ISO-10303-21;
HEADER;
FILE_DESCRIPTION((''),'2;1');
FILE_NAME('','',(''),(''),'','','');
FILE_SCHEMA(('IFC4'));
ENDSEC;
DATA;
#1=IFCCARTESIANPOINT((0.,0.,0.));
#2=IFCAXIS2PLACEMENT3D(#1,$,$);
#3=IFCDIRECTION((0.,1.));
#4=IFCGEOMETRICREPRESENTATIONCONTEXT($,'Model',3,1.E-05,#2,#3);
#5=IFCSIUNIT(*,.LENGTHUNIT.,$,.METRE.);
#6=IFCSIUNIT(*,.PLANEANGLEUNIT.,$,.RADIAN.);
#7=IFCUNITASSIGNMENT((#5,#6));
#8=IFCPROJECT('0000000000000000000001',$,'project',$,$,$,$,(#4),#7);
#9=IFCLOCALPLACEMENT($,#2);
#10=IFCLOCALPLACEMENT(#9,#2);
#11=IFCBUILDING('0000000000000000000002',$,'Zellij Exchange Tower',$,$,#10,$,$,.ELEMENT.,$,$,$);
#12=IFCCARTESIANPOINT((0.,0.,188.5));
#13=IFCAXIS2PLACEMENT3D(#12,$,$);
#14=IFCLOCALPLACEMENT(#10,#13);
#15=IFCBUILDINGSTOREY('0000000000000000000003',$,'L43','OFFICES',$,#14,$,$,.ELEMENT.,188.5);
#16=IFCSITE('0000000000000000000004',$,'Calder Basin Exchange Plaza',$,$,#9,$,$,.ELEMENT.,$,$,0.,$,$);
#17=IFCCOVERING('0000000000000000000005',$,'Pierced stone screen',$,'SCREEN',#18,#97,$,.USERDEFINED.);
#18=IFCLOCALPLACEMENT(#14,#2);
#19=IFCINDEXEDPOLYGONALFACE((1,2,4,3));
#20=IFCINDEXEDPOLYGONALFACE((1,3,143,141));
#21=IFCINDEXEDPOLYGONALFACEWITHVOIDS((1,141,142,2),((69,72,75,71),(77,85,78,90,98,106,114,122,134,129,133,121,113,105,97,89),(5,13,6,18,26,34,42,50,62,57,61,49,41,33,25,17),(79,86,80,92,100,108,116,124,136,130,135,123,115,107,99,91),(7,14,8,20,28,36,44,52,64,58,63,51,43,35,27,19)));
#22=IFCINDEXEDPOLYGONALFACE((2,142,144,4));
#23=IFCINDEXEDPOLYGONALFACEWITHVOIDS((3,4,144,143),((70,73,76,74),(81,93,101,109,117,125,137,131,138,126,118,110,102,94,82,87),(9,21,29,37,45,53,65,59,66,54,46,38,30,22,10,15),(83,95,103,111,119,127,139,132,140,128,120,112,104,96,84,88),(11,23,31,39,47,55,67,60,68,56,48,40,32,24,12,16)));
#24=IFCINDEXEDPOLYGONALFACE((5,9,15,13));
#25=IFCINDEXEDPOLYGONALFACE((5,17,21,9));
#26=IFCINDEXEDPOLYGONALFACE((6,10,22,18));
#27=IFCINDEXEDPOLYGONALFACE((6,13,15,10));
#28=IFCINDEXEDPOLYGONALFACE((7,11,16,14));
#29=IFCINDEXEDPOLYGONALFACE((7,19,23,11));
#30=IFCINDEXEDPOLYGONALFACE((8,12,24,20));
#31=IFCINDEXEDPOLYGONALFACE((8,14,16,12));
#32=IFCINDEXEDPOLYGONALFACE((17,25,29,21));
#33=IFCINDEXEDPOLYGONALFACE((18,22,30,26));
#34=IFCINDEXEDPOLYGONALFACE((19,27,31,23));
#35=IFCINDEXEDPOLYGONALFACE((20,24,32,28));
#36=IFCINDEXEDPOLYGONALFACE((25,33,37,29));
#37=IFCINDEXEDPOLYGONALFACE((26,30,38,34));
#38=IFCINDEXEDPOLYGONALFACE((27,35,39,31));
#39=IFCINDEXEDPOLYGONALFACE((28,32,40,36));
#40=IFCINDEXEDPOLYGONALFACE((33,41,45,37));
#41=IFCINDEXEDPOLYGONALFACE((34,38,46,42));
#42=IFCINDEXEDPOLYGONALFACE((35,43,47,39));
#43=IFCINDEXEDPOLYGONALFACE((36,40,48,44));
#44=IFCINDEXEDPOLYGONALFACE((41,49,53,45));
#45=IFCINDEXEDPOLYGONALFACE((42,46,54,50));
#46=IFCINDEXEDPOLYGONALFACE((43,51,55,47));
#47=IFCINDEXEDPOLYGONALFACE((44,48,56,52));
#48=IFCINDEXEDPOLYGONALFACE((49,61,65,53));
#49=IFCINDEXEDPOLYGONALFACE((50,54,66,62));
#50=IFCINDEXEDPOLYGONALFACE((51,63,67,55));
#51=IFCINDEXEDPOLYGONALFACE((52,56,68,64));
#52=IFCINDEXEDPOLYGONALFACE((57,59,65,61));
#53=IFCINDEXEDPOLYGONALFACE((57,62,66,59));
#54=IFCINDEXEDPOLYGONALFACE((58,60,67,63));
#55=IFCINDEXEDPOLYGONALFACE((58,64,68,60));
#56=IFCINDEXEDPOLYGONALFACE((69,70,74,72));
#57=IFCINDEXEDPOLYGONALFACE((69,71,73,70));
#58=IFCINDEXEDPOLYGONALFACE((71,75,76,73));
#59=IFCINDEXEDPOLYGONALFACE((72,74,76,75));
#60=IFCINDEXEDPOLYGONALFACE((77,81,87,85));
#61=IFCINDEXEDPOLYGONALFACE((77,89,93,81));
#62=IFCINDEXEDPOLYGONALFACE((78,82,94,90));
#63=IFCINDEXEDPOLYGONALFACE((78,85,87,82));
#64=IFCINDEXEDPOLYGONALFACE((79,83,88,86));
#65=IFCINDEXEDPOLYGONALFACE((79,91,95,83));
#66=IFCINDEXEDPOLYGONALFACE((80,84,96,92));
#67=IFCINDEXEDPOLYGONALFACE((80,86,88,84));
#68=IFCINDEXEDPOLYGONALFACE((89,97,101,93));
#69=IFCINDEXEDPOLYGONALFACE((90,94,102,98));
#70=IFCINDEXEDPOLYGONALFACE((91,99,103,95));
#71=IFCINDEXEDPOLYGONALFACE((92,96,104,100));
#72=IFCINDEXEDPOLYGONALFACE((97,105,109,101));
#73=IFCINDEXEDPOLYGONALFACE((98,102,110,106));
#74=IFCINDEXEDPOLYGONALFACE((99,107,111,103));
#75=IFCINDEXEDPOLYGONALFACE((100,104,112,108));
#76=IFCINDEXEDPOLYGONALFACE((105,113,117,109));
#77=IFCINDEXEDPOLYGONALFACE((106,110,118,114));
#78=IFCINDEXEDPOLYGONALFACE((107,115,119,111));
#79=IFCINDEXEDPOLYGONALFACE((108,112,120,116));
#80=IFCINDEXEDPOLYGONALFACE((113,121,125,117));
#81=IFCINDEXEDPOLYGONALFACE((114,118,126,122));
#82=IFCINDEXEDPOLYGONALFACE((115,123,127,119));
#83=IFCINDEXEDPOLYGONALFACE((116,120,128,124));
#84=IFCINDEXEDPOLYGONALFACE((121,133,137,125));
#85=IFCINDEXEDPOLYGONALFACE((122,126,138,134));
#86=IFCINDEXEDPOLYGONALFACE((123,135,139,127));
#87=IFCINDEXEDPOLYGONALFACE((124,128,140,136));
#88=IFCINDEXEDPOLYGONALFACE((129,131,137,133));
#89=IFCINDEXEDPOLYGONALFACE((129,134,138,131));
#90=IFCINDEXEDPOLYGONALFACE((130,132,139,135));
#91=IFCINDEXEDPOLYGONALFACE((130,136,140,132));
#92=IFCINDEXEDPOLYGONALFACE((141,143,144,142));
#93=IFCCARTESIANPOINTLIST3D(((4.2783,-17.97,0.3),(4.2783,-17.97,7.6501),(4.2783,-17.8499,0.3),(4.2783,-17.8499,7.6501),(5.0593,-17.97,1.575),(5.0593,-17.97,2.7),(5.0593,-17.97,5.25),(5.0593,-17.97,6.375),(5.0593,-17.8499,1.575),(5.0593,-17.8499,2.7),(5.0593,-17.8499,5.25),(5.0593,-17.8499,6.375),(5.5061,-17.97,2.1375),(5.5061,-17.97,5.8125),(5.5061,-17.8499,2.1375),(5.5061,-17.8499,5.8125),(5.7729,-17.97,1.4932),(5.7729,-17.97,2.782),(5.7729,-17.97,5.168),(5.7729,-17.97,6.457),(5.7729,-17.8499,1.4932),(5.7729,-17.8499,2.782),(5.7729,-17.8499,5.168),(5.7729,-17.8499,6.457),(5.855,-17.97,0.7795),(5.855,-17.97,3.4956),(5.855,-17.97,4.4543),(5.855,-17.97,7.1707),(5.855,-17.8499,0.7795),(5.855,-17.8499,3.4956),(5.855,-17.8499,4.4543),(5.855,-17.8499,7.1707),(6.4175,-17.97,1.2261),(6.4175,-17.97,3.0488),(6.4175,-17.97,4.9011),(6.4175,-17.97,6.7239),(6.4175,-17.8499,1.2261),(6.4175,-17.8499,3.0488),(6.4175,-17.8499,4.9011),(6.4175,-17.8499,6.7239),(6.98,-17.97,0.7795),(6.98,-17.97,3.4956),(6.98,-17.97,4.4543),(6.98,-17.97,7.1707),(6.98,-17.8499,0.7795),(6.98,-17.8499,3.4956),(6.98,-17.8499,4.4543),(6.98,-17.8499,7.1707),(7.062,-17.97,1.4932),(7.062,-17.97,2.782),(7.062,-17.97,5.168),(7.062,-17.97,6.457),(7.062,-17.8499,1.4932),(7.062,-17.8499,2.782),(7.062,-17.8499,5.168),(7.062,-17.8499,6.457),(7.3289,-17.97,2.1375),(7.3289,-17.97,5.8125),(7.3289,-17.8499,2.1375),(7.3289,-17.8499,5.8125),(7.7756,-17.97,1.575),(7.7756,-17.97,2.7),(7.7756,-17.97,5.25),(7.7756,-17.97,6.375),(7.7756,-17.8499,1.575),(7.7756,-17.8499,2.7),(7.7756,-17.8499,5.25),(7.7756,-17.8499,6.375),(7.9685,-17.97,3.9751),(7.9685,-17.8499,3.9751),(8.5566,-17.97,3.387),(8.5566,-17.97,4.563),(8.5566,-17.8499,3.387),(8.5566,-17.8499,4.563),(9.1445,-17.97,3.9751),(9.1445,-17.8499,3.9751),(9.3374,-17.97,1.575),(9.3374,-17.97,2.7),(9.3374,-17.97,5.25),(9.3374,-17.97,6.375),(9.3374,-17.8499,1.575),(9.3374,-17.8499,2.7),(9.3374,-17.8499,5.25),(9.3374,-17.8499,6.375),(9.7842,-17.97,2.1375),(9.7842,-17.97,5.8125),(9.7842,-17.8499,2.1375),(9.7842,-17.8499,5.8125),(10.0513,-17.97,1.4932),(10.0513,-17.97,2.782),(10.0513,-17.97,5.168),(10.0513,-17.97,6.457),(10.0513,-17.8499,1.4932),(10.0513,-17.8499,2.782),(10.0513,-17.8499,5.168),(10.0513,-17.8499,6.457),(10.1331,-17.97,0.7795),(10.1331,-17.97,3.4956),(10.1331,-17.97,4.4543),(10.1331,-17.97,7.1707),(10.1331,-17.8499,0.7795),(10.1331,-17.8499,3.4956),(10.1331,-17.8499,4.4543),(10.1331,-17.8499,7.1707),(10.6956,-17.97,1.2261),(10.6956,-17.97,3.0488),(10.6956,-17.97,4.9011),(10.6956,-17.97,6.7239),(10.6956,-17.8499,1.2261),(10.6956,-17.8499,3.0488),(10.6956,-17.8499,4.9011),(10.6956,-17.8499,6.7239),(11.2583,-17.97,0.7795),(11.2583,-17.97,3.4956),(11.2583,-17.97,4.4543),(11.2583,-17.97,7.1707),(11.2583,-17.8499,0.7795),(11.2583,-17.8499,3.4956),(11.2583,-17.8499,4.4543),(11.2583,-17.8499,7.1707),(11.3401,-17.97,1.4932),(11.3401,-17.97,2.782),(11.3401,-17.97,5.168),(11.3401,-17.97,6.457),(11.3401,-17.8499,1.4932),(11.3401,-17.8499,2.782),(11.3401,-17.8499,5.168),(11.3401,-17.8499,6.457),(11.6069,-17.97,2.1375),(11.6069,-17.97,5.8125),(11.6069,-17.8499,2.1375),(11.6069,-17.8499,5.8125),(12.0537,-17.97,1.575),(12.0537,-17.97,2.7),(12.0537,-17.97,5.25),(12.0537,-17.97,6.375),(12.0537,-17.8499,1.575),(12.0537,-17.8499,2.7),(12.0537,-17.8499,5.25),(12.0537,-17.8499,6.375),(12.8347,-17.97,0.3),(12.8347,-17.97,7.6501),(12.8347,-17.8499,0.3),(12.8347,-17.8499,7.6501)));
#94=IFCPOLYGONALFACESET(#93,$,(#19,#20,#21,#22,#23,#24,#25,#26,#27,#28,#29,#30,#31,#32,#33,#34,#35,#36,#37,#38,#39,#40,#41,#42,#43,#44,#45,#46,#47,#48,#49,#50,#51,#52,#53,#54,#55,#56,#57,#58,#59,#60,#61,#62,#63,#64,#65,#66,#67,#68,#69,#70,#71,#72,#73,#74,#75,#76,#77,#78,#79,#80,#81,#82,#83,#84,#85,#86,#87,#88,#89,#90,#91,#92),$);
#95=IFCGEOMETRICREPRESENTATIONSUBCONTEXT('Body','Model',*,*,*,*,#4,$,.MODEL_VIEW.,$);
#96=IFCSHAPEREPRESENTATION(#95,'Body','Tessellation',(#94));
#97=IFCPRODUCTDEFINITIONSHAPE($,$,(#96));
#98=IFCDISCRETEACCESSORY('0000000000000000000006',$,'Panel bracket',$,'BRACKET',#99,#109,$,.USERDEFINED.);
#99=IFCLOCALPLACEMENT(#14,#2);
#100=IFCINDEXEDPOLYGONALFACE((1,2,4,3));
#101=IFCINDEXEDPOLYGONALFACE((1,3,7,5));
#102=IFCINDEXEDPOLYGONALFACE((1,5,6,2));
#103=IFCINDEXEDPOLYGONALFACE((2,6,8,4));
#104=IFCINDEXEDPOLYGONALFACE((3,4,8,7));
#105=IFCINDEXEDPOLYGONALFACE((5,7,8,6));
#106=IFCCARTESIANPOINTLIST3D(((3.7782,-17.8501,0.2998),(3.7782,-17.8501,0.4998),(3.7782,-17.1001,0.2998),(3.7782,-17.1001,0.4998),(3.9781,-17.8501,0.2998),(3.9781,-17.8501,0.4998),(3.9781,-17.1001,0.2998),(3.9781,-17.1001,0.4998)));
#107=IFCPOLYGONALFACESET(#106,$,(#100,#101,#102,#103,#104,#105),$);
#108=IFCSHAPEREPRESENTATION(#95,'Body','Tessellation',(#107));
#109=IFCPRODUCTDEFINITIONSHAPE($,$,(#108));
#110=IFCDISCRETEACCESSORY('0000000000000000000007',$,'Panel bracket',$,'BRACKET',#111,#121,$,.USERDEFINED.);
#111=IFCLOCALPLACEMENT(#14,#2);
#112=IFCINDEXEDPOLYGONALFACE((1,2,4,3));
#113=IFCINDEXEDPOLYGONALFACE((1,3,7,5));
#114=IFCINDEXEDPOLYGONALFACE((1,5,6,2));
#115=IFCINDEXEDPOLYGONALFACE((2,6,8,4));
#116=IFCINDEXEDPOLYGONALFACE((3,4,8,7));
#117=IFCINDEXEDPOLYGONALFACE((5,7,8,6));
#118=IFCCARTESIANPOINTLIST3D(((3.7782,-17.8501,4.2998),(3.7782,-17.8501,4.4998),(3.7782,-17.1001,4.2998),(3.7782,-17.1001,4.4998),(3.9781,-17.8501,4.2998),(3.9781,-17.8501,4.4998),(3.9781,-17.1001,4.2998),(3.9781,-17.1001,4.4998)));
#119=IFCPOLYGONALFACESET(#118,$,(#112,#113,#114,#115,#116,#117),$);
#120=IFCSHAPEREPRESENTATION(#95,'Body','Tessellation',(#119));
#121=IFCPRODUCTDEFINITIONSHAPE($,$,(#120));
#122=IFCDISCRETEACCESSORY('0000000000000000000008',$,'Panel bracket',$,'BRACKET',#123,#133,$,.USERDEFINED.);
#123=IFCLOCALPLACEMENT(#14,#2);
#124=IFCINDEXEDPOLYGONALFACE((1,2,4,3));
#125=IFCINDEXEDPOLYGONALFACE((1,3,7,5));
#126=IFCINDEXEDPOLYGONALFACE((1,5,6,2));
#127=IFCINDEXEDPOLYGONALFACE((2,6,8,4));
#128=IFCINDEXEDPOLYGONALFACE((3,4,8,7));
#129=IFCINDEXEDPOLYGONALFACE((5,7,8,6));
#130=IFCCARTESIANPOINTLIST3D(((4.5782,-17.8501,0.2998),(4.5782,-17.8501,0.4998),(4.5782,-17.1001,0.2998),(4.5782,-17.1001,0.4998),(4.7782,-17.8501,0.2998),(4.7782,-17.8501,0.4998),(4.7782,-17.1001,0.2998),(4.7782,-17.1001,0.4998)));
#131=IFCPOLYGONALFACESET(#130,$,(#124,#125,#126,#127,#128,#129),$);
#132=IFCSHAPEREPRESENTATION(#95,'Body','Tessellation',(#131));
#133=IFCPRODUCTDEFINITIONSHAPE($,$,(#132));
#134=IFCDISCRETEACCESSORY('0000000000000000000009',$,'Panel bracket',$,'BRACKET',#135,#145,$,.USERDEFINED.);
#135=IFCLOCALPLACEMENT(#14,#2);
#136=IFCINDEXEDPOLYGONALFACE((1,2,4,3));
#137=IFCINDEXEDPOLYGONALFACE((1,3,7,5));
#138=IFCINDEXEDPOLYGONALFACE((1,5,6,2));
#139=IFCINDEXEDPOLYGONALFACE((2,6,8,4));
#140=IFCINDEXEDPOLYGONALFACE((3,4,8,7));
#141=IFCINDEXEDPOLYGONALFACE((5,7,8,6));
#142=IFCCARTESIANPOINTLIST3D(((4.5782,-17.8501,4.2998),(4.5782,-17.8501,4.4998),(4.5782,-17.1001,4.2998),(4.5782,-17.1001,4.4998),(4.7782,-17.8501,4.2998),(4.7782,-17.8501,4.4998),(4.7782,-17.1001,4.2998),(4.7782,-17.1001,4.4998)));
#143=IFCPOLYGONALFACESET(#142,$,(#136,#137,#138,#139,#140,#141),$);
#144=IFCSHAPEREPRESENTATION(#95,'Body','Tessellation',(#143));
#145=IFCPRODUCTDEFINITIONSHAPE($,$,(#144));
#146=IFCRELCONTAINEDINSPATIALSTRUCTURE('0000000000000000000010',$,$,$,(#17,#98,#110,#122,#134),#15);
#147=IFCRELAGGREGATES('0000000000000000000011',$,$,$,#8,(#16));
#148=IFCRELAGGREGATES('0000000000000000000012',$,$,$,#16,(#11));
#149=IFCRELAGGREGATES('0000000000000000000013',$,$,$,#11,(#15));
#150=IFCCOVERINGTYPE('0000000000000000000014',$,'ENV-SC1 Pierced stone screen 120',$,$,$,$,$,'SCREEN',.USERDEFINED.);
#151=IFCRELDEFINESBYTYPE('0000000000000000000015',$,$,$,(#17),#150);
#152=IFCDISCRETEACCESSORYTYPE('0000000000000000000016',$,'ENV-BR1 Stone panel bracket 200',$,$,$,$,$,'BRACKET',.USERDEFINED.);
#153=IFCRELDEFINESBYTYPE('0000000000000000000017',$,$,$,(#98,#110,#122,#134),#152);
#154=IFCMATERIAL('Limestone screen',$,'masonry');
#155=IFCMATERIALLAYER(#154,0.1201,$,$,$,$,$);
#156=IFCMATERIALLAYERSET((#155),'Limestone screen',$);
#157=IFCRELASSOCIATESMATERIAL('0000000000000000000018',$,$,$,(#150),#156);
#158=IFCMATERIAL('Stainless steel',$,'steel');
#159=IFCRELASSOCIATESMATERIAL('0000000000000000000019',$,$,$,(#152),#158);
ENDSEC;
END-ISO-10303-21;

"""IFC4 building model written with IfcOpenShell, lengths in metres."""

from ifc_helpers import new_model, si_unit, direction, frame, origin, origin_2d, place, context, subcontext, project, spatial, polyline, rectangle, outline, extrude, material, layer, layer_set, type_object, element, save


model = new_model("IFC4")

# Units and contexts
model_context = context("Model", 3, precision=1e-05, world=origin(), true_north=direction((0.0, 1.0)))
body_context = subcontext(model_context, "Body", "Model", "MODEL_VIEW")
ifc_project = project(units=[si_unit("LENGTHUNIT", "METRE"), si_unit("PLANEANGLEUNIT", "RADIAN")], contexts=[model_context])

# Site, building, storey
site_placement = place(None, origin())
site = spatial("IfcSite", under=ifc_project, at=site_placement, Name="Calder Basin Exchange Plaza", CompositionType="ELEMENT", RefElevation=0.0)
building_placement = place(site_placement, origin())
building = spatial("IfcBuilding", under=site, at=building_placement, Name="Zellij Exchange Tower", CompositionType="ELEMENT")
storey_placement = place(building_placement, frame((0.0, 0.0, 188.5)))
storey = spatial("IfcBuildingStorey", under=building, at=storey_placement, Name="L43", Description="OFFICES", CompositionType="ELEMENT", Elevation=188.5)

# Shared definitions
ifc_material_1 = material(Name="Stainless steel", Category="steel")

# Covering
ifc_material_2 = material(Name="Limestone screen", Category="masonry")
ifc_layer_1 = layer(ifc_material_2, 0.1201)
ifc_layer_set_1 = layer_set([ifc_layer_1], Name="Limestone screen")
covering_type = type_object("IfcCoveringType", Name="ENV-SC1 Pierced stone screen 120", ElementType="SCREEN", PredefinedType="USERDEFINED", material=ifc_layer_set_1)
covering_placement = place(storey_placement, frame((4.2783, -17.9099, 0.3), z_axis=(0.0, 0.0, 1.0), x_axis=(1.0, 0.0, 0.0)))
element("IfcCovering", 1, at=covering_placement, inside=storey, type_object=covering_type, Name="Pierced stone screen", ObjectType="SCREEN", PredefinedType="USERDEFINED", context=body_context, shape_type="SweptSolid", body=[
    extrude(outline(polyline([(0.0, 0.0), (8.5564, 0.0), (8.5564, 7.3501), (0.0, 7.3501), (0.0, 0.0)]), holes=[polyline([(3.4973, 2.3999), (2.7837, 2.4819), (2.7017, 3.1956), (2.1392, 2.7488), (1.5767, 3.1956), (1.4946, 2.4819), (0.781, 2.3999), (1.2278, 1.8374), (0.781, 1.2749), (1.4946, 1.1931), (1.5767, 0.4795), (2.1392, 0.926), (2.7017, 0.4795), (2.7837, 1.1931), (3.4973, 1.2749), (3.0505, 1.8374), (3.4973, 2.3999)]), polyline([(3.4973, 6.075), (2.7837, 6.157), (2.7017, 6.8706), (2.1392, 6.4238), (1.5767, 6.8706), (1.4946, 6.157), (0.781, 6.075), (1.2278, 5.5125), (0.781, 4.95), (1.4946, 4.8679), (1.5767, 4.1543), (2.1392, 4.6011), (2.7017, 4.1543), (2.7837, 4.8679), (3.4973, 4.95), (3.0505, 5.5125), (3.4973, 6.075)]), polyline([(7.7754, 2.3999), (7.0618, 2.4819), (6.98, 3.1956), (6.4172, 2.7488), (5.8547, 3.1956), (5.7729, 2.4819), (5.0591, 2.3999), (5.5059, 1.8374), (5.0591, 1.2749), (5.7729, 1.1931), (5.8547, 0.4795), (6.4172, 0.926), (6.98, 0.4795), (7.0618, 1.1931), (7.7754, 1.2749), (7.3286, 1.8374), (7.7754, 2.3999)]), polyline([(7.7754, 6.075), (7.0618, 6.157), (6.98, 6.8706), (6.4172, 6.4238), (5.8547, 6.8706), (5.7729, 6.157), (5.0591, 6.075), (5.5059, 5.5125), (5.0591, 4.95), (5.7729, 4.8679), (5.8547, 4.1543), (6.4172, 4.6011), (6.98, 4.1543), (7.0618, 4.8679), (7.7754, 4.95), (7.3286, 5.5125), (7.7754, 6.075)]), polyline([(4.8662, 3.675), (4.2783, 4.2629), (3.6902, 3.675), (4.2783, 3.0869), (4.8662, 3.675)])]), frame((0.0, 0.0601, 0.0), z_axis=(0.0, -1.0, 0.0), x_axis=(1.0, 0.0, 0.0)), (0.0, 0.0, 1.0), 0.1201),
])

# Discrete accessories
discrete_accessory_type = type_object("IfcDiscreteAccessoryType", Name="ENV-BR1 Stone panel bracket 200", ElementType="BRACKET", PredefinedType="USERDEFINED", material=ifc_material_1)
for number, where, z_axis, x_axis, name in (
    (2, (3.8782, -17.4751, 0.2998), (0.0, 0.0, 1.0), (1.0, 0.0, 0.0), "Panel bracket"),
    (3, (3.8782, -17.4751, 4.2998), (0.0, 0.0, 1.0), (1.0, 0.0, 0.0), "Panel bracket"),
    (4, (4.6782, -17.4751, 0.2998), (0.0, 0.0, 1.0), (1.0, 0.0, 0.0), "Panel bracket"),
    (5, (4.6782, -17.4751, 4.2998), (0.0, 0.0, 1.0), (1.0, 0.0, 0.0), "Panel bracket"),
):
    element("IfcDiscreteAccessory", number, at=place(storey_placement, frame(where, z_axis=z_axis, x_axis=x_axis)), inside=storey, type_object=discrete_accessory_type, Name=name, ObjectType="BRACKET", PredefinedType="USERDEFINED", context=body_context, shape_type="SweptSolid", body=[
        extrude(rectangle(XDim=0.2, YDim=0.75, at=origin_2d()), origin(), (0.0, 0.0, 1.0), 0.2),
    ])

save(model, "model.ifc")
